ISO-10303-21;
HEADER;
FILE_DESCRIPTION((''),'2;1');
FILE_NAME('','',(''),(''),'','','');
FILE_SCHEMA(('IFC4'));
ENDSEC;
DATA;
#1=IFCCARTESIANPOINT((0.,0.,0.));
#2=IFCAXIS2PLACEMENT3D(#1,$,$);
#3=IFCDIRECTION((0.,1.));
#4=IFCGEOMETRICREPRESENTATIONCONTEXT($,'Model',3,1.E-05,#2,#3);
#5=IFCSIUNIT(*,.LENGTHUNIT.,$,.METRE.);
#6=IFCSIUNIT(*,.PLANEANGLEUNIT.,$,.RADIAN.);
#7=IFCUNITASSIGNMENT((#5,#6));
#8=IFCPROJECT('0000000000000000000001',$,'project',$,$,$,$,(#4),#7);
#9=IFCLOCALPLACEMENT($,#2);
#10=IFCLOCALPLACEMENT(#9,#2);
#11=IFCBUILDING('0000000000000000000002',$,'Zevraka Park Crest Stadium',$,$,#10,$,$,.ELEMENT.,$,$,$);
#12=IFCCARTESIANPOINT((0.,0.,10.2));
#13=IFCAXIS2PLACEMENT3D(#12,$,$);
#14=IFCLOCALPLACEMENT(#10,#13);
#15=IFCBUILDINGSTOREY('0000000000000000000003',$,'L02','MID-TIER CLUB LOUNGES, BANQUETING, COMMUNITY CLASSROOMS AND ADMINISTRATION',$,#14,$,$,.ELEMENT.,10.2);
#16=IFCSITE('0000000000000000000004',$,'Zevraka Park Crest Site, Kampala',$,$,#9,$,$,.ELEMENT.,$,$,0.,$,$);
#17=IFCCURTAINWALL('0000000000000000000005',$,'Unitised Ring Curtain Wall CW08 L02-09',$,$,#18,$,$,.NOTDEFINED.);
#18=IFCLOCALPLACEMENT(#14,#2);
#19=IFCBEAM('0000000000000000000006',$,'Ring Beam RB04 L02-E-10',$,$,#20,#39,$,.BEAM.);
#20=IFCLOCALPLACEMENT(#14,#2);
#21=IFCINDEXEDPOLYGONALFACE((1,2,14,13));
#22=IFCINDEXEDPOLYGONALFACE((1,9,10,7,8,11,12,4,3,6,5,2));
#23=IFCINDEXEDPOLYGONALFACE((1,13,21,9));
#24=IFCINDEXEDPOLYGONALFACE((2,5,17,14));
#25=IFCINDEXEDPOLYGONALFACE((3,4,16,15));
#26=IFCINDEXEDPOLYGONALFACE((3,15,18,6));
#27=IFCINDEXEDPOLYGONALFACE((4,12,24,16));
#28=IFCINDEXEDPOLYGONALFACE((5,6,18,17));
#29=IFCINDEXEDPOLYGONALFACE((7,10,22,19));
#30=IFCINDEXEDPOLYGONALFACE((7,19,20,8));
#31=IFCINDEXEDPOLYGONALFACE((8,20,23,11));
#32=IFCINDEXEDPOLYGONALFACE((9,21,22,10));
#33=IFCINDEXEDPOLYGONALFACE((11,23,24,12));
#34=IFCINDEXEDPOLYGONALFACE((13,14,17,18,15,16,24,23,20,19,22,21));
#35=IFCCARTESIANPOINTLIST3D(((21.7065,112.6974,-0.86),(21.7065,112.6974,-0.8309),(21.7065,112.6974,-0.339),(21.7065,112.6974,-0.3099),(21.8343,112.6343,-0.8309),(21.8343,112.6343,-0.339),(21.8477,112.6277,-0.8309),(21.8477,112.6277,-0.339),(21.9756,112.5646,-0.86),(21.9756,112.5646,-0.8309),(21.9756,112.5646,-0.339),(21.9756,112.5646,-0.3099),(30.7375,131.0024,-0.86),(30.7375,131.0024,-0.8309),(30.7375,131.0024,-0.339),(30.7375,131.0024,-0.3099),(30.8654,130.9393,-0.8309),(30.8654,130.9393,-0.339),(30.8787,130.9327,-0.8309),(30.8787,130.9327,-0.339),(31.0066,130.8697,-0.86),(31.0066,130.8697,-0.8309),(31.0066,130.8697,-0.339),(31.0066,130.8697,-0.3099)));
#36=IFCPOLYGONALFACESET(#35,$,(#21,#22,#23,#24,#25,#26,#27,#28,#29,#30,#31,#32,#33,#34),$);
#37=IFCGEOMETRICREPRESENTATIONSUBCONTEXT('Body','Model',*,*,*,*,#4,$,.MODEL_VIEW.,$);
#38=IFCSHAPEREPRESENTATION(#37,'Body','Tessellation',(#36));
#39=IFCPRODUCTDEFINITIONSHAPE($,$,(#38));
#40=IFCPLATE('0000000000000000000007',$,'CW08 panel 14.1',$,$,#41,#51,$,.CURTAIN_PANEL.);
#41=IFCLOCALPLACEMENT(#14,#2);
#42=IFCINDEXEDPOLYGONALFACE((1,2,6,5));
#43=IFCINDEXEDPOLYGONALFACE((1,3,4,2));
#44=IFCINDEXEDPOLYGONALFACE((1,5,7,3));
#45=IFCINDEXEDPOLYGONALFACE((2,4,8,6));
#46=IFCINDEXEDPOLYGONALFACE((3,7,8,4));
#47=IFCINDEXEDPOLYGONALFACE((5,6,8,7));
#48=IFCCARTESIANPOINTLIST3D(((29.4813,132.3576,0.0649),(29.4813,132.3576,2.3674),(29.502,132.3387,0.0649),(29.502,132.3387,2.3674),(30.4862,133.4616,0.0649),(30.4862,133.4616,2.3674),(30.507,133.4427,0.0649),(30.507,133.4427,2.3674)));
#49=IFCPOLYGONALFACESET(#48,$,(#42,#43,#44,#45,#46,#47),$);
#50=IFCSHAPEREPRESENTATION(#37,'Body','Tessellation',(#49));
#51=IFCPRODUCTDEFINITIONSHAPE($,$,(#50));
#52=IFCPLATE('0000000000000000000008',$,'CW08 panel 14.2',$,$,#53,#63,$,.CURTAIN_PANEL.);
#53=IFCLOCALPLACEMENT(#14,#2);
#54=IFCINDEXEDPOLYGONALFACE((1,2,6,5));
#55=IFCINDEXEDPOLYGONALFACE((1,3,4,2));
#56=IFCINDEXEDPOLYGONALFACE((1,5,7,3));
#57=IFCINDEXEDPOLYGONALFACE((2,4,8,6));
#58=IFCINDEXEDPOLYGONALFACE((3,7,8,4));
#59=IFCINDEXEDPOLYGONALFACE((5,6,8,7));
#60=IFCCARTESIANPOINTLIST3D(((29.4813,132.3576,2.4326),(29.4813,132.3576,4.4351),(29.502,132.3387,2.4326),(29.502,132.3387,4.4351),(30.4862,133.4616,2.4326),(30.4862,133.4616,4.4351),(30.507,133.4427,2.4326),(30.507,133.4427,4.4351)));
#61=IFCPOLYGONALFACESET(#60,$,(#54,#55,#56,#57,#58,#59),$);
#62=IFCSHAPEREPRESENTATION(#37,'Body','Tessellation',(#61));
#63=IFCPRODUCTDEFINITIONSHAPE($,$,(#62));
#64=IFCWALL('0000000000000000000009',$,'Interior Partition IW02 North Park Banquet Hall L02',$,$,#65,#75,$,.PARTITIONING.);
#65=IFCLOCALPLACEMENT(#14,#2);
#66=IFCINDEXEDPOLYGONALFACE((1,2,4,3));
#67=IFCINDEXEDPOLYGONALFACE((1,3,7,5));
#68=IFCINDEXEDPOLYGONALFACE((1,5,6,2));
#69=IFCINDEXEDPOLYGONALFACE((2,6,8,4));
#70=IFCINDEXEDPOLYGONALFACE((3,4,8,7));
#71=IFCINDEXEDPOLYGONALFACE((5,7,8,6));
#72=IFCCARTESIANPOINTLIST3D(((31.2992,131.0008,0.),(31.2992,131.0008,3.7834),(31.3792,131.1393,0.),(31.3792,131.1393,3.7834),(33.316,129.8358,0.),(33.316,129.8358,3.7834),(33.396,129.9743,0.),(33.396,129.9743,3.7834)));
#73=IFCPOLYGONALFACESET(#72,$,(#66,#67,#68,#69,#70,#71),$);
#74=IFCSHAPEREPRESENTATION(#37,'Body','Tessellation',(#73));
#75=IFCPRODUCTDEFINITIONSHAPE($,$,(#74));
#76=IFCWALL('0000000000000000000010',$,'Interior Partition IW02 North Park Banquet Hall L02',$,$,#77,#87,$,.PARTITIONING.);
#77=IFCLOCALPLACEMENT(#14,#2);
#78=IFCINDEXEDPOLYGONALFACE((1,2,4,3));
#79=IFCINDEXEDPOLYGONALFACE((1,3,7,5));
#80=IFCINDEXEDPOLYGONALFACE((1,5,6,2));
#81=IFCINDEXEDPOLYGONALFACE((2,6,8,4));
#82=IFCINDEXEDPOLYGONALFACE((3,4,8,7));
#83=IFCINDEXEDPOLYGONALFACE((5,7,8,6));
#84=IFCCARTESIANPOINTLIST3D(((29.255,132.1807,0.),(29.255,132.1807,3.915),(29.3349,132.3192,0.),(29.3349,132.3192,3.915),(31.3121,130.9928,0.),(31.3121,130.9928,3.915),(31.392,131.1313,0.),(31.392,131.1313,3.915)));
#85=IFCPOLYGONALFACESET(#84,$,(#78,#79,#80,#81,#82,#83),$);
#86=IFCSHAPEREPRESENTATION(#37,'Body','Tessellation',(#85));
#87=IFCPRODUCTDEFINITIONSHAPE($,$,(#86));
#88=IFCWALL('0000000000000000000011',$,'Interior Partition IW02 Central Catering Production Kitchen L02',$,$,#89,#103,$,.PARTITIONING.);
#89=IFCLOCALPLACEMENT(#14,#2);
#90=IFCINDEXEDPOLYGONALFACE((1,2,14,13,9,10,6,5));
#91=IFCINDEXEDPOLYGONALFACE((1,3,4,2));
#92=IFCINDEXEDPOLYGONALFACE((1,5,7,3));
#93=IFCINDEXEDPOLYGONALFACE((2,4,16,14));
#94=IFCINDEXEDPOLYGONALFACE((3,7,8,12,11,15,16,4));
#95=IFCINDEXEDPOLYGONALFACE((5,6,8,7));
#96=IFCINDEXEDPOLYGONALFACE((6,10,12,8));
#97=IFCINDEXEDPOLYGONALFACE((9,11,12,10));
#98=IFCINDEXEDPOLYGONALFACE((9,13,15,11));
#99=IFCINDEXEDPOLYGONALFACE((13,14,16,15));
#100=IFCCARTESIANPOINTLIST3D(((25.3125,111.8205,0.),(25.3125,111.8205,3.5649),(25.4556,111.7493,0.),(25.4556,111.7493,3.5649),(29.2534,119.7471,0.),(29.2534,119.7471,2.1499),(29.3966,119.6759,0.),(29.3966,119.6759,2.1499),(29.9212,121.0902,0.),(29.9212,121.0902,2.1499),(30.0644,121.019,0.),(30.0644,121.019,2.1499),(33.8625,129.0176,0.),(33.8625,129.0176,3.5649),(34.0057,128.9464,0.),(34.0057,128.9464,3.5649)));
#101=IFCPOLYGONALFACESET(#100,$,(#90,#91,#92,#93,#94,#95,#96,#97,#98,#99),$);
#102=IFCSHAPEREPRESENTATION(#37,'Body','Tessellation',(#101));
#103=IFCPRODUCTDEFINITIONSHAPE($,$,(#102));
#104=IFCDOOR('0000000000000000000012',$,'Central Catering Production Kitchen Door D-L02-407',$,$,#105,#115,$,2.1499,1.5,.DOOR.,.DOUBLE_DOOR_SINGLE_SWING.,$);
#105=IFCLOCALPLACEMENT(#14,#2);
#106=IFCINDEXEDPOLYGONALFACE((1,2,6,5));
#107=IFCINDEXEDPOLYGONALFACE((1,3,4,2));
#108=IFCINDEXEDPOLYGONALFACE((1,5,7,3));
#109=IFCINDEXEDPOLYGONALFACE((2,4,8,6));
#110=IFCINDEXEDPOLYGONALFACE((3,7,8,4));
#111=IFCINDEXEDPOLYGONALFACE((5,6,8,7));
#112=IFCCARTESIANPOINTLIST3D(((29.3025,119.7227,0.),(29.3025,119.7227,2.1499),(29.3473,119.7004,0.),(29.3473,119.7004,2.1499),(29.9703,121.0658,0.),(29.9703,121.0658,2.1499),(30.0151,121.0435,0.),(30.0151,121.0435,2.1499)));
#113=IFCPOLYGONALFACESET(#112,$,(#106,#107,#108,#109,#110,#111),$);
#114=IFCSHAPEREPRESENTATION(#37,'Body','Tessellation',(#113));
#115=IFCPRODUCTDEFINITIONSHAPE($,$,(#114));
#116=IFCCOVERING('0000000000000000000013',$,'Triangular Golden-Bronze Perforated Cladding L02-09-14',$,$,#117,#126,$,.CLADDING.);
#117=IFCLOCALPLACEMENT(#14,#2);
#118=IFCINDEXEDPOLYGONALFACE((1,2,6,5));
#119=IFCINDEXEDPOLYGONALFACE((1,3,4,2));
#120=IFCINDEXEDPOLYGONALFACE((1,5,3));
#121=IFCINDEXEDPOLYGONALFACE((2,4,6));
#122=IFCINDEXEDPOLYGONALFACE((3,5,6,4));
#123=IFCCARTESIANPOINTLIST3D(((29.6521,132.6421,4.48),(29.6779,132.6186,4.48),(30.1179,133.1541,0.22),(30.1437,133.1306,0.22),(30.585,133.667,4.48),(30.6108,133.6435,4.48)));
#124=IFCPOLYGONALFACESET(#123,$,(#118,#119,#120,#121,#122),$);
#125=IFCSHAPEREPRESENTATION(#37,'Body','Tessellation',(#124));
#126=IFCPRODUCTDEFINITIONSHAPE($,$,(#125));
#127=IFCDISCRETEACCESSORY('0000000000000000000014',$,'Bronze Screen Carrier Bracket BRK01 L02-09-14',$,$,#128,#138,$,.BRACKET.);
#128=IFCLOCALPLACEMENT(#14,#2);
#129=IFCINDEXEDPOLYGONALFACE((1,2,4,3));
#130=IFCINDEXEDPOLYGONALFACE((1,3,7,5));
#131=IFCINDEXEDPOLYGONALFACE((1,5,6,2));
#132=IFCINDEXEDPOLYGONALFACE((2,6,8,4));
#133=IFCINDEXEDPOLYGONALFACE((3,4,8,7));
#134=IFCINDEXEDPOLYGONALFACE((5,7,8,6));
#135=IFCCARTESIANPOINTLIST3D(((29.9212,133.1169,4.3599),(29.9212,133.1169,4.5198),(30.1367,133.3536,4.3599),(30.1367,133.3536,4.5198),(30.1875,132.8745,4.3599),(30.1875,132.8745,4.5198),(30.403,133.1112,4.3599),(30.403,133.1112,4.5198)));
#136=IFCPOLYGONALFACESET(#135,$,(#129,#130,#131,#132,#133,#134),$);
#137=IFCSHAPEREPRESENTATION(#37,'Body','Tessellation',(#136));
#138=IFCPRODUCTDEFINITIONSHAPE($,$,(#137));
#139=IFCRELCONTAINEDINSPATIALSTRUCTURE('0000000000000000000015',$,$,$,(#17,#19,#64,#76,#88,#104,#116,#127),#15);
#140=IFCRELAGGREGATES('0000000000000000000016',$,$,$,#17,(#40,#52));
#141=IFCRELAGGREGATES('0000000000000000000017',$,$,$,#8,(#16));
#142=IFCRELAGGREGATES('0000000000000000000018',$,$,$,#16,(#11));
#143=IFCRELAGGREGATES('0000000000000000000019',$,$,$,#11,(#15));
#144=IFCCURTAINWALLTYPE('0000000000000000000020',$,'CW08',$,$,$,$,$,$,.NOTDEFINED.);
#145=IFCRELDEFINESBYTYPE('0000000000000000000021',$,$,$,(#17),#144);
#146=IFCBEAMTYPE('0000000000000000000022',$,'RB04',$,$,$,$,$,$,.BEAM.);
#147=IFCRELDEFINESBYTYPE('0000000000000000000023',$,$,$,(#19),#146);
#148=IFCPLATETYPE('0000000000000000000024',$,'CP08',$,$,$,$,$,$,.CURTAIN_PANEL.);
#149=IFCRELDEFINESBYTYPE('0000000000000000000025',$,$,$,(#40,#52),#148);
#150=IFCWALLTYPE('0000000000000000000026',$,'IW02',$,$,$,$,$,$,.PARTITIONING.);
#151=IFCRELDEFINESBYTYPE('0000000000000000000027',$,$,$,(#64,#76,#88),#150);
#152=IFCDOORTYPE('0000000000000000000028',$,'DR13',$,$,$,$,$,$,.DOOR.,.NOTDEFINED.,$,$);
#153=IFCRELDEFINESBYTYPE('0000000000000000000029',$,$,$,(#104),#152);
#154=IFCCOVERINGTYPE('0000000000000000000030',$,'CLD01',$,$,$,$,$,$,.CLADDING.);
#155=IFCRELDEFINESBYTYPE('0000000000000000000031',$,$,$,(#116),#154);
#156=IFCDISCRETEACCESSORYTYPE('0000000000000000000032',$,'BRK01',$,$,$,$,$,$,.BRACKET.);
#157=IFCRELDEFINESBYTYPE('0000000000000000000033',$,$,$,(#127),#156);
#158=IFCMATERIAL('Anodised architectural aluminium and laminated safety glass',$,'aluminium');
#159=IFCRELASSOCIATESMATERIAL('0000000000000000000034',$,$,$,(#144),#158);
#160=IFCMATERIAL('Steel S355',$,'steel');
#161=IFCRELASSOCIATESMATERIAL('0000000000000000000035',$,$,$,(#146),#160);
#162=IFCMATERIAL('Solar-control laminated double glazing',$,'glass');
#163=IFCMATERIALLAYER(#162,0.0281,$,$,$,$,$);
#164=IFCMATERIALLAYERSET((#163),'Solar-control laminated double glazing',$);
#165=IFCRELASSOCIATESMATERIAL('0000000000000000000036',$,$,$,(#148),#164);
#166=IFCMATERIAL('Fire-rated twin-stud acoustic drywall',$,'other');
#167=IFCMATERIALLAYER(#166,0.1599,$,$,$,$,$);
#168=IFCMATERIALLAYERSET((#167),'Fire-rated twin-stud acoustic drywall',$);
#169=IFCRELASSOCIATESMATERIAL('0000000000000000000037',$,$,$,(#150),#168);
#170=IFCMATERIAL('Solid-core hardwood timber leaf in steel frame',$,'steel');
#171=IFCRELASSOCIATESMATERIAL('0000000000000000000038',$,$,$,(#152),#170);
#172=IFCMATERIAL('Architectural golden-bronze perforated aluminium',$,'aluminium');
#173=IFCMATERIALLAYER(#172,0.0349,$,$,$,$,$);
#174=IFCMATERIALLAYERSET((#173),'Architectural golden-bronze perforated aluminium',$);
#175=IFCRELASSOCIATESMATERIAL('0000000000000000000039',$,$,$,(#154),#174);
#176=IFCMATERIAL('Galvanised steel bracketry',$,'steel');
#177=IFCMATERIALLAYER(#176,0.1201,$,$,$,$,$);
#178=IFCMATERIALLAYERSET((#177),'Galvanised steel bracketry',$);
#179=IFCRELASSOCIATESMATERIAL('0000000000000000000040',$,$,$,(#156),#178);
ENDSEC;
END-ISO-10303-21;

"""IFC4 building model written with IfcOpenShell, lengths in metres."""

from ifc_helpers import new_model, si_unit, direction, frame, frame_2d, origin, origin_2d, place, context, subcontext, project, spatial, polyline, rectangle, i_section, outline, extrude, material, layer, layer_set, material_profile, profile_set, type_object, element, fill, aggregate, save


model = new_model("IFC4")

# Units and contexts
model_context = context("Model", 3, precision=1e-05, world=origin(), true_north=direction((0.0, 1.0)))
body_context = subcontext(model_context, "Body", "Model", "MODEL_VIEW")
ifc_project = project(units=[si_unit("LENGTHUNIT", "METRE"), si_unit("PLANEANGLEUNIT", "RADIAN")], contexts=[model_context])

# Site, building, storey
site_placement = place(None, origin())
site = spatial("IfcSite", under=ifc_project, at=site_placement, Name="Zevraka Park Crest Site, Kampala", CompositionType="ELEMENT", RefElevation=0.0)
building_placement = place(site_placement, origin())
building = spatial("IfcBuilding", under=site, at=building_placement, Name="Zevraka Park Crest Stadium", CompositionType="ELEMENT")
storey_placement = place(building_placement, frame((0.0, 0.0, 10.2)))
storey = spatial("IfcBuildingStorey", under=building, at=storey_placement, Name="L02", Description="MID-TIER CLUB LOUNGES, BANQUETING, COMMUNITY CLASSROOMS AND ADMINISTRATION", CompositionType="ELEMENT", Elevation=10.2)

# Curtain wall
ifc_material_1 = material(Name="Anodised architectural aluminium and laminated safety glass", Category="aluminium")
curtain_wall_type_1 = type_object("IfcCurtainWallType", Name="CW08", PredefinedType="NOTDEFINED", material=ifc_material_1)
curtain_wall_1_placement = place(storey_placement, origin())
curtain_wall_1 = element("IfcCurtainWall", 1, at=curtain_wall_1_placement, inside=storey, type_object=curtain_wall_type_1, Name="Unitised Ring Curtain Wall CW08 L02-09", PredefinedType="NOTDEFINED")

# Beam
ifc_material_2 = material(Name="Steel S355", Category="steel")
ifc_material_profile_1 = material_profile(ifc_material_2, i_section(OverallWidth=0.3, OverallDepth=0.55, WebThickness=0.0149, FlangeThickness=0.0291, at=origin_2d()), Name="HEB 550")
ifc_profile_set_1 = profile_set([ifc_material_profile_1], Name="Steel S355")
beam_type_1 = type_object("IfcBeamType", Name="RB04", PredefinedType="BEAM", material=ifc_profile_set_1)
beam_1_placement = place(storey_placement, frame((30.8721, 130.936, -0.585), z_axis=(-0.442447, -0.896795, 0.0), x_axis=(0.896795, -0.442447, 0.0)))
element("IfcBeam", 2, at=beam_1_placement, inside=storey, type_object=beam_type_1, Name="Ring Beam RB04 L02-E-10", PredefinedType="BEAM", context=body_context, shape_type="SweptSolid", body=[
    extrude(i_section(OverallWidth=0.3, OverallDepth=0.55, WebThickness=0.0149, FlangeThickness=0.0291, at=origin_2d()), origin(), (0.0, 0.0, 1.0), 20.4116),
])

# Plates
ifc_material_3 = material(Name="Solar-control laminated double glazing", Category="glass")
ifc_layer_1 = layer(ifc_material_3, 0.0281)
ifc_layer_set_1 = layer_set([ifc_layer_1], Name="Solar-control laminated double glazing")
plate_type = type_object("IfcPlateType", Name="CP08", PredefinedType="CURTAIN_PANEL", material=ifc_layer_set_1)
plate_1_placement = place(storey_placement, frame((29.9941, 132.9001, 0.0649), z_axis=(0.0, 0.0, 1.0), x_axis=(-0.67316, -0.739497, 0.0)))
plate_1 = element("IfcPlate", 3, at=plate_1_placement, type_object=plate_type, Name="CW08 panel 14.1", PredefinedType="CURTAIN_PANEL", context=body_context, shape_type="SweptSolid", body=[
    extrude(rectangle(XDim=1.4929, YDim=0.0281, at=origin_2d()), origin(), (0.0, 0.0, 1.0), 2.3025),
])
plate_2_placement = place(storey_placement, frame((29.9941, 132.9001, 2.4326), z_axis=(0.0, 0.0, 1.0), x_axis=(-0.67316, -0.739497, 0.0)))
plate_2 = element("IfcPlate", 4, at=plate_2_placement, type_object=plate_type, Name="CW08 panel 14.2", PredefinedType="CURTAIN_PANEL", context=body_context, shape_type="SweptSolid", body=[
    extrude(rectangle(XDim=1.4929, YDim=0.0281, at=origin_2d()), origin(), (0.0, 0.0, 1.0), 2.0024),
])
aggregate(curtain_wall_1, [plate_1, plate_2])

# Walls
ifc_material_4 = material(Name="Fire-rated twin-stud acoustic drywall", Category="other")
ifc_layer_2 = layer(ifc_material_4, 0.1599)
ifc_layer_set_2 = layer_set([ifc_layer_2], Name="Fire-rated twin-stud acoustic drywall")
wall_type = type_object("IfcWallType", Name="IW02", PredefinedType="PARTITIONING", material=ifc_layer_set_2)
wall_1_placement = place(storey_placement, frame((33.356, 129.905, 0.0), z_axis=(0.0, 0.0, 1.0), x_axis=(-0.865911, 0.500197, 0.0)))
element("IfcWall", 5, at=wall_1_placement, inside=storey, type_object=wall_type, Name="Interior Partition IW02 North Park Banquet Hall L02", PredefinedType="PARTITIONING", context=body_context, shape_type="SweptSolid", body=[
    extrude(rectangle(XDim=2.3291, YDim=0.1599, at=frame_2d((1.1646, 0.0))), origin(), (0.0, 0.0, 1.0), 3.7834),
])
wall_2_placement = place(storey_placement, frame((31.3521, 131.062, 0.0), z_axis=(0.0, 0.0, 1.0), x_axis=(-0.86597, 0.500096, 0.0)))
element("IfcWall", 6, at=wall_2_placement, inside=storey, type_object=wall_type, Name="Interior Partition IW02 North Park Banquet Hall L02", PredefinedType="PARTITIONING", context=body_context, shape_type="SweptSolid", body=[
    extrude(rectangle(XDim=2.3755, YDim=0.1599, at=frame_2d((1.1877, 0.0))), origin(), (0.0, 0.0, 1.0), 3.915),
])

# Wall, opening, door
wall_3_placement = place(storey_placement, frame((33.9341, 128.9819, 0.0), z_axis=(0.0, 0.0, 1.0), x_axis=(-0.445194, -0.895434, 0.0)))
wall_3 = element("IfcWall", 7, at=wall_3_placement, inside=storey, type_object=wall_type, Name="Interior Partition IW02 Central Catering Production Kitchen L02", PredefinedType="PARTITIONING", context=body_context, shape_type="SweptSolid", body=[
    extrude(rectangle(XDim=19.2053, YDim=0.1599, at=frame_2d((9.6025, 0.0))), origin(), (0.0, 0.0, 1.0), 3.5649),
])
opening_placement = place(wall_3_placement, frame((8.853, 0.0, 0.0)))
opening = element("IfcOpeningElement", 8, at=opening_placement, cuts=wall_3, PredefinedType="OPENING", context=body_context, shape_type="SweptSolid", body=[
    extrude(rectangle(XDim=1.5, YDim=2.1499, at=frame_2d((0.75, 1.075))), frame((0.0, 0.0898, 0.0), z_axis=(0.0, -1.0, 0.0), x_axis=(1.0, 0.0, 0.0)), (0.0, 0.0, 1.0), 0.1799),
])
ifc_material_5 = material(Name="Solid-core hardwood timber leaf in steel frame", Category="steel")
door_type = type_object("IfcDoorType", Name="DR13", OperationType="NOTDEFINED", PredefinedType="DOOR", material=ifc_material_5)
door_placement = place(opening_placement, origin())
door = element("IfcDoor", 9, at=door_placement, inside=storey, type_object=door_type, Name="Central Catering Production Kitchen Door D-L02-407", OperationType="DOUBLE_DOOR_SINGLE_SWING", OverallHeight=2.1499, OverallWidth=1.5, PredefinedType="DOOR", context=body_context, shape_type="SweptSolid", body=[
    extrude(rectangle(XDim=1.5, YDim=2.1499, at=frame_2d((0.75, 1.075))), frame((0.0, 0.0249, 0.0), z_axis=(0.0, -1.0, 0.0), x_axis=(1.0, 0.0, 0.0)), (0.0, 0.0, 1.0), 0.05),
])
fill(opening, door)

# Covering
ifc_material_6 = material(Name="Architectural golden-bronze perforated aluminium", Category="aluminium")
ifc_layer_3 = layer(ifc_material_6, 0.0349)
ifc_layer_set_3 = layer_set([ifc_layer_3], Name="Architectural golden-bronze perforated aluminium")
covering_type = type_object("IfcCoveringType", Name="CLD01", PredefinedType="CLADDING", material=ifc_layer_set_3)
covering_placement = place(storey_placement, frame((29.6521, 132.6421, 4.48), z_axis=(-0.739533, 0.67312, 0.000029), x_axis=(0.67312, 0.739533, 0.0)))
element("IfcCovering", 10, at=covering_placement, inside=storey, type_object=covering_type, Name="Triangular Golden-Bronze Perforated Cladding L02-09-14", PredefinedType="CLADDING", context=body_context, shape_type="SweptSolid", body=[
    extrude(outline(polyline([(0.0, 0.0), (1.3859, 0.0), (0.6922, 4.26), (0.0, 0.0)])), origin(), (0.0, 0.0, -1.0), 0.0349),
])

# Discrete accessory
ifc_material_7 = material(Name="Galvanised steel bracketry", Category="steel")
ifc_layer_4 = layer(ifc_material_7, 0.1201)
ifc_layer_set_4 = layer_set([ifc_layer_4], Name="Galvanised steel bracketry")
discrete_accessory_type = type_object("IfcDiscreteAccessoryType", Name="BRK01", PredefinedType="BRACKET", material=ifc_layer_set_4)
discrete_accessory_placement = place(storey_placement, frame((30.1621, 133.114, 4.3599), z_axis=(0.0, 0.0, 1.0), x_axis=(-0.673142, -0.739514, 0.0)))
element("IfcDiscreteAccessory", 11, at=discrete_accessory_placement, inside=storey, type_object=discrete_accessory_type, Name="Bronze Screen Carrier Bracket BRK01 L02-09-14", PredefinedType="BRACKET", context=body_context, shape_type="SweptSolid", body=[
    extrude(rectangle(XDim=0.3201, YDim=0.3601, at=origin_2d()), origin(), (0.0, 0.0, 1.0), 0.1599),
])

save(model, "model.ifc")
